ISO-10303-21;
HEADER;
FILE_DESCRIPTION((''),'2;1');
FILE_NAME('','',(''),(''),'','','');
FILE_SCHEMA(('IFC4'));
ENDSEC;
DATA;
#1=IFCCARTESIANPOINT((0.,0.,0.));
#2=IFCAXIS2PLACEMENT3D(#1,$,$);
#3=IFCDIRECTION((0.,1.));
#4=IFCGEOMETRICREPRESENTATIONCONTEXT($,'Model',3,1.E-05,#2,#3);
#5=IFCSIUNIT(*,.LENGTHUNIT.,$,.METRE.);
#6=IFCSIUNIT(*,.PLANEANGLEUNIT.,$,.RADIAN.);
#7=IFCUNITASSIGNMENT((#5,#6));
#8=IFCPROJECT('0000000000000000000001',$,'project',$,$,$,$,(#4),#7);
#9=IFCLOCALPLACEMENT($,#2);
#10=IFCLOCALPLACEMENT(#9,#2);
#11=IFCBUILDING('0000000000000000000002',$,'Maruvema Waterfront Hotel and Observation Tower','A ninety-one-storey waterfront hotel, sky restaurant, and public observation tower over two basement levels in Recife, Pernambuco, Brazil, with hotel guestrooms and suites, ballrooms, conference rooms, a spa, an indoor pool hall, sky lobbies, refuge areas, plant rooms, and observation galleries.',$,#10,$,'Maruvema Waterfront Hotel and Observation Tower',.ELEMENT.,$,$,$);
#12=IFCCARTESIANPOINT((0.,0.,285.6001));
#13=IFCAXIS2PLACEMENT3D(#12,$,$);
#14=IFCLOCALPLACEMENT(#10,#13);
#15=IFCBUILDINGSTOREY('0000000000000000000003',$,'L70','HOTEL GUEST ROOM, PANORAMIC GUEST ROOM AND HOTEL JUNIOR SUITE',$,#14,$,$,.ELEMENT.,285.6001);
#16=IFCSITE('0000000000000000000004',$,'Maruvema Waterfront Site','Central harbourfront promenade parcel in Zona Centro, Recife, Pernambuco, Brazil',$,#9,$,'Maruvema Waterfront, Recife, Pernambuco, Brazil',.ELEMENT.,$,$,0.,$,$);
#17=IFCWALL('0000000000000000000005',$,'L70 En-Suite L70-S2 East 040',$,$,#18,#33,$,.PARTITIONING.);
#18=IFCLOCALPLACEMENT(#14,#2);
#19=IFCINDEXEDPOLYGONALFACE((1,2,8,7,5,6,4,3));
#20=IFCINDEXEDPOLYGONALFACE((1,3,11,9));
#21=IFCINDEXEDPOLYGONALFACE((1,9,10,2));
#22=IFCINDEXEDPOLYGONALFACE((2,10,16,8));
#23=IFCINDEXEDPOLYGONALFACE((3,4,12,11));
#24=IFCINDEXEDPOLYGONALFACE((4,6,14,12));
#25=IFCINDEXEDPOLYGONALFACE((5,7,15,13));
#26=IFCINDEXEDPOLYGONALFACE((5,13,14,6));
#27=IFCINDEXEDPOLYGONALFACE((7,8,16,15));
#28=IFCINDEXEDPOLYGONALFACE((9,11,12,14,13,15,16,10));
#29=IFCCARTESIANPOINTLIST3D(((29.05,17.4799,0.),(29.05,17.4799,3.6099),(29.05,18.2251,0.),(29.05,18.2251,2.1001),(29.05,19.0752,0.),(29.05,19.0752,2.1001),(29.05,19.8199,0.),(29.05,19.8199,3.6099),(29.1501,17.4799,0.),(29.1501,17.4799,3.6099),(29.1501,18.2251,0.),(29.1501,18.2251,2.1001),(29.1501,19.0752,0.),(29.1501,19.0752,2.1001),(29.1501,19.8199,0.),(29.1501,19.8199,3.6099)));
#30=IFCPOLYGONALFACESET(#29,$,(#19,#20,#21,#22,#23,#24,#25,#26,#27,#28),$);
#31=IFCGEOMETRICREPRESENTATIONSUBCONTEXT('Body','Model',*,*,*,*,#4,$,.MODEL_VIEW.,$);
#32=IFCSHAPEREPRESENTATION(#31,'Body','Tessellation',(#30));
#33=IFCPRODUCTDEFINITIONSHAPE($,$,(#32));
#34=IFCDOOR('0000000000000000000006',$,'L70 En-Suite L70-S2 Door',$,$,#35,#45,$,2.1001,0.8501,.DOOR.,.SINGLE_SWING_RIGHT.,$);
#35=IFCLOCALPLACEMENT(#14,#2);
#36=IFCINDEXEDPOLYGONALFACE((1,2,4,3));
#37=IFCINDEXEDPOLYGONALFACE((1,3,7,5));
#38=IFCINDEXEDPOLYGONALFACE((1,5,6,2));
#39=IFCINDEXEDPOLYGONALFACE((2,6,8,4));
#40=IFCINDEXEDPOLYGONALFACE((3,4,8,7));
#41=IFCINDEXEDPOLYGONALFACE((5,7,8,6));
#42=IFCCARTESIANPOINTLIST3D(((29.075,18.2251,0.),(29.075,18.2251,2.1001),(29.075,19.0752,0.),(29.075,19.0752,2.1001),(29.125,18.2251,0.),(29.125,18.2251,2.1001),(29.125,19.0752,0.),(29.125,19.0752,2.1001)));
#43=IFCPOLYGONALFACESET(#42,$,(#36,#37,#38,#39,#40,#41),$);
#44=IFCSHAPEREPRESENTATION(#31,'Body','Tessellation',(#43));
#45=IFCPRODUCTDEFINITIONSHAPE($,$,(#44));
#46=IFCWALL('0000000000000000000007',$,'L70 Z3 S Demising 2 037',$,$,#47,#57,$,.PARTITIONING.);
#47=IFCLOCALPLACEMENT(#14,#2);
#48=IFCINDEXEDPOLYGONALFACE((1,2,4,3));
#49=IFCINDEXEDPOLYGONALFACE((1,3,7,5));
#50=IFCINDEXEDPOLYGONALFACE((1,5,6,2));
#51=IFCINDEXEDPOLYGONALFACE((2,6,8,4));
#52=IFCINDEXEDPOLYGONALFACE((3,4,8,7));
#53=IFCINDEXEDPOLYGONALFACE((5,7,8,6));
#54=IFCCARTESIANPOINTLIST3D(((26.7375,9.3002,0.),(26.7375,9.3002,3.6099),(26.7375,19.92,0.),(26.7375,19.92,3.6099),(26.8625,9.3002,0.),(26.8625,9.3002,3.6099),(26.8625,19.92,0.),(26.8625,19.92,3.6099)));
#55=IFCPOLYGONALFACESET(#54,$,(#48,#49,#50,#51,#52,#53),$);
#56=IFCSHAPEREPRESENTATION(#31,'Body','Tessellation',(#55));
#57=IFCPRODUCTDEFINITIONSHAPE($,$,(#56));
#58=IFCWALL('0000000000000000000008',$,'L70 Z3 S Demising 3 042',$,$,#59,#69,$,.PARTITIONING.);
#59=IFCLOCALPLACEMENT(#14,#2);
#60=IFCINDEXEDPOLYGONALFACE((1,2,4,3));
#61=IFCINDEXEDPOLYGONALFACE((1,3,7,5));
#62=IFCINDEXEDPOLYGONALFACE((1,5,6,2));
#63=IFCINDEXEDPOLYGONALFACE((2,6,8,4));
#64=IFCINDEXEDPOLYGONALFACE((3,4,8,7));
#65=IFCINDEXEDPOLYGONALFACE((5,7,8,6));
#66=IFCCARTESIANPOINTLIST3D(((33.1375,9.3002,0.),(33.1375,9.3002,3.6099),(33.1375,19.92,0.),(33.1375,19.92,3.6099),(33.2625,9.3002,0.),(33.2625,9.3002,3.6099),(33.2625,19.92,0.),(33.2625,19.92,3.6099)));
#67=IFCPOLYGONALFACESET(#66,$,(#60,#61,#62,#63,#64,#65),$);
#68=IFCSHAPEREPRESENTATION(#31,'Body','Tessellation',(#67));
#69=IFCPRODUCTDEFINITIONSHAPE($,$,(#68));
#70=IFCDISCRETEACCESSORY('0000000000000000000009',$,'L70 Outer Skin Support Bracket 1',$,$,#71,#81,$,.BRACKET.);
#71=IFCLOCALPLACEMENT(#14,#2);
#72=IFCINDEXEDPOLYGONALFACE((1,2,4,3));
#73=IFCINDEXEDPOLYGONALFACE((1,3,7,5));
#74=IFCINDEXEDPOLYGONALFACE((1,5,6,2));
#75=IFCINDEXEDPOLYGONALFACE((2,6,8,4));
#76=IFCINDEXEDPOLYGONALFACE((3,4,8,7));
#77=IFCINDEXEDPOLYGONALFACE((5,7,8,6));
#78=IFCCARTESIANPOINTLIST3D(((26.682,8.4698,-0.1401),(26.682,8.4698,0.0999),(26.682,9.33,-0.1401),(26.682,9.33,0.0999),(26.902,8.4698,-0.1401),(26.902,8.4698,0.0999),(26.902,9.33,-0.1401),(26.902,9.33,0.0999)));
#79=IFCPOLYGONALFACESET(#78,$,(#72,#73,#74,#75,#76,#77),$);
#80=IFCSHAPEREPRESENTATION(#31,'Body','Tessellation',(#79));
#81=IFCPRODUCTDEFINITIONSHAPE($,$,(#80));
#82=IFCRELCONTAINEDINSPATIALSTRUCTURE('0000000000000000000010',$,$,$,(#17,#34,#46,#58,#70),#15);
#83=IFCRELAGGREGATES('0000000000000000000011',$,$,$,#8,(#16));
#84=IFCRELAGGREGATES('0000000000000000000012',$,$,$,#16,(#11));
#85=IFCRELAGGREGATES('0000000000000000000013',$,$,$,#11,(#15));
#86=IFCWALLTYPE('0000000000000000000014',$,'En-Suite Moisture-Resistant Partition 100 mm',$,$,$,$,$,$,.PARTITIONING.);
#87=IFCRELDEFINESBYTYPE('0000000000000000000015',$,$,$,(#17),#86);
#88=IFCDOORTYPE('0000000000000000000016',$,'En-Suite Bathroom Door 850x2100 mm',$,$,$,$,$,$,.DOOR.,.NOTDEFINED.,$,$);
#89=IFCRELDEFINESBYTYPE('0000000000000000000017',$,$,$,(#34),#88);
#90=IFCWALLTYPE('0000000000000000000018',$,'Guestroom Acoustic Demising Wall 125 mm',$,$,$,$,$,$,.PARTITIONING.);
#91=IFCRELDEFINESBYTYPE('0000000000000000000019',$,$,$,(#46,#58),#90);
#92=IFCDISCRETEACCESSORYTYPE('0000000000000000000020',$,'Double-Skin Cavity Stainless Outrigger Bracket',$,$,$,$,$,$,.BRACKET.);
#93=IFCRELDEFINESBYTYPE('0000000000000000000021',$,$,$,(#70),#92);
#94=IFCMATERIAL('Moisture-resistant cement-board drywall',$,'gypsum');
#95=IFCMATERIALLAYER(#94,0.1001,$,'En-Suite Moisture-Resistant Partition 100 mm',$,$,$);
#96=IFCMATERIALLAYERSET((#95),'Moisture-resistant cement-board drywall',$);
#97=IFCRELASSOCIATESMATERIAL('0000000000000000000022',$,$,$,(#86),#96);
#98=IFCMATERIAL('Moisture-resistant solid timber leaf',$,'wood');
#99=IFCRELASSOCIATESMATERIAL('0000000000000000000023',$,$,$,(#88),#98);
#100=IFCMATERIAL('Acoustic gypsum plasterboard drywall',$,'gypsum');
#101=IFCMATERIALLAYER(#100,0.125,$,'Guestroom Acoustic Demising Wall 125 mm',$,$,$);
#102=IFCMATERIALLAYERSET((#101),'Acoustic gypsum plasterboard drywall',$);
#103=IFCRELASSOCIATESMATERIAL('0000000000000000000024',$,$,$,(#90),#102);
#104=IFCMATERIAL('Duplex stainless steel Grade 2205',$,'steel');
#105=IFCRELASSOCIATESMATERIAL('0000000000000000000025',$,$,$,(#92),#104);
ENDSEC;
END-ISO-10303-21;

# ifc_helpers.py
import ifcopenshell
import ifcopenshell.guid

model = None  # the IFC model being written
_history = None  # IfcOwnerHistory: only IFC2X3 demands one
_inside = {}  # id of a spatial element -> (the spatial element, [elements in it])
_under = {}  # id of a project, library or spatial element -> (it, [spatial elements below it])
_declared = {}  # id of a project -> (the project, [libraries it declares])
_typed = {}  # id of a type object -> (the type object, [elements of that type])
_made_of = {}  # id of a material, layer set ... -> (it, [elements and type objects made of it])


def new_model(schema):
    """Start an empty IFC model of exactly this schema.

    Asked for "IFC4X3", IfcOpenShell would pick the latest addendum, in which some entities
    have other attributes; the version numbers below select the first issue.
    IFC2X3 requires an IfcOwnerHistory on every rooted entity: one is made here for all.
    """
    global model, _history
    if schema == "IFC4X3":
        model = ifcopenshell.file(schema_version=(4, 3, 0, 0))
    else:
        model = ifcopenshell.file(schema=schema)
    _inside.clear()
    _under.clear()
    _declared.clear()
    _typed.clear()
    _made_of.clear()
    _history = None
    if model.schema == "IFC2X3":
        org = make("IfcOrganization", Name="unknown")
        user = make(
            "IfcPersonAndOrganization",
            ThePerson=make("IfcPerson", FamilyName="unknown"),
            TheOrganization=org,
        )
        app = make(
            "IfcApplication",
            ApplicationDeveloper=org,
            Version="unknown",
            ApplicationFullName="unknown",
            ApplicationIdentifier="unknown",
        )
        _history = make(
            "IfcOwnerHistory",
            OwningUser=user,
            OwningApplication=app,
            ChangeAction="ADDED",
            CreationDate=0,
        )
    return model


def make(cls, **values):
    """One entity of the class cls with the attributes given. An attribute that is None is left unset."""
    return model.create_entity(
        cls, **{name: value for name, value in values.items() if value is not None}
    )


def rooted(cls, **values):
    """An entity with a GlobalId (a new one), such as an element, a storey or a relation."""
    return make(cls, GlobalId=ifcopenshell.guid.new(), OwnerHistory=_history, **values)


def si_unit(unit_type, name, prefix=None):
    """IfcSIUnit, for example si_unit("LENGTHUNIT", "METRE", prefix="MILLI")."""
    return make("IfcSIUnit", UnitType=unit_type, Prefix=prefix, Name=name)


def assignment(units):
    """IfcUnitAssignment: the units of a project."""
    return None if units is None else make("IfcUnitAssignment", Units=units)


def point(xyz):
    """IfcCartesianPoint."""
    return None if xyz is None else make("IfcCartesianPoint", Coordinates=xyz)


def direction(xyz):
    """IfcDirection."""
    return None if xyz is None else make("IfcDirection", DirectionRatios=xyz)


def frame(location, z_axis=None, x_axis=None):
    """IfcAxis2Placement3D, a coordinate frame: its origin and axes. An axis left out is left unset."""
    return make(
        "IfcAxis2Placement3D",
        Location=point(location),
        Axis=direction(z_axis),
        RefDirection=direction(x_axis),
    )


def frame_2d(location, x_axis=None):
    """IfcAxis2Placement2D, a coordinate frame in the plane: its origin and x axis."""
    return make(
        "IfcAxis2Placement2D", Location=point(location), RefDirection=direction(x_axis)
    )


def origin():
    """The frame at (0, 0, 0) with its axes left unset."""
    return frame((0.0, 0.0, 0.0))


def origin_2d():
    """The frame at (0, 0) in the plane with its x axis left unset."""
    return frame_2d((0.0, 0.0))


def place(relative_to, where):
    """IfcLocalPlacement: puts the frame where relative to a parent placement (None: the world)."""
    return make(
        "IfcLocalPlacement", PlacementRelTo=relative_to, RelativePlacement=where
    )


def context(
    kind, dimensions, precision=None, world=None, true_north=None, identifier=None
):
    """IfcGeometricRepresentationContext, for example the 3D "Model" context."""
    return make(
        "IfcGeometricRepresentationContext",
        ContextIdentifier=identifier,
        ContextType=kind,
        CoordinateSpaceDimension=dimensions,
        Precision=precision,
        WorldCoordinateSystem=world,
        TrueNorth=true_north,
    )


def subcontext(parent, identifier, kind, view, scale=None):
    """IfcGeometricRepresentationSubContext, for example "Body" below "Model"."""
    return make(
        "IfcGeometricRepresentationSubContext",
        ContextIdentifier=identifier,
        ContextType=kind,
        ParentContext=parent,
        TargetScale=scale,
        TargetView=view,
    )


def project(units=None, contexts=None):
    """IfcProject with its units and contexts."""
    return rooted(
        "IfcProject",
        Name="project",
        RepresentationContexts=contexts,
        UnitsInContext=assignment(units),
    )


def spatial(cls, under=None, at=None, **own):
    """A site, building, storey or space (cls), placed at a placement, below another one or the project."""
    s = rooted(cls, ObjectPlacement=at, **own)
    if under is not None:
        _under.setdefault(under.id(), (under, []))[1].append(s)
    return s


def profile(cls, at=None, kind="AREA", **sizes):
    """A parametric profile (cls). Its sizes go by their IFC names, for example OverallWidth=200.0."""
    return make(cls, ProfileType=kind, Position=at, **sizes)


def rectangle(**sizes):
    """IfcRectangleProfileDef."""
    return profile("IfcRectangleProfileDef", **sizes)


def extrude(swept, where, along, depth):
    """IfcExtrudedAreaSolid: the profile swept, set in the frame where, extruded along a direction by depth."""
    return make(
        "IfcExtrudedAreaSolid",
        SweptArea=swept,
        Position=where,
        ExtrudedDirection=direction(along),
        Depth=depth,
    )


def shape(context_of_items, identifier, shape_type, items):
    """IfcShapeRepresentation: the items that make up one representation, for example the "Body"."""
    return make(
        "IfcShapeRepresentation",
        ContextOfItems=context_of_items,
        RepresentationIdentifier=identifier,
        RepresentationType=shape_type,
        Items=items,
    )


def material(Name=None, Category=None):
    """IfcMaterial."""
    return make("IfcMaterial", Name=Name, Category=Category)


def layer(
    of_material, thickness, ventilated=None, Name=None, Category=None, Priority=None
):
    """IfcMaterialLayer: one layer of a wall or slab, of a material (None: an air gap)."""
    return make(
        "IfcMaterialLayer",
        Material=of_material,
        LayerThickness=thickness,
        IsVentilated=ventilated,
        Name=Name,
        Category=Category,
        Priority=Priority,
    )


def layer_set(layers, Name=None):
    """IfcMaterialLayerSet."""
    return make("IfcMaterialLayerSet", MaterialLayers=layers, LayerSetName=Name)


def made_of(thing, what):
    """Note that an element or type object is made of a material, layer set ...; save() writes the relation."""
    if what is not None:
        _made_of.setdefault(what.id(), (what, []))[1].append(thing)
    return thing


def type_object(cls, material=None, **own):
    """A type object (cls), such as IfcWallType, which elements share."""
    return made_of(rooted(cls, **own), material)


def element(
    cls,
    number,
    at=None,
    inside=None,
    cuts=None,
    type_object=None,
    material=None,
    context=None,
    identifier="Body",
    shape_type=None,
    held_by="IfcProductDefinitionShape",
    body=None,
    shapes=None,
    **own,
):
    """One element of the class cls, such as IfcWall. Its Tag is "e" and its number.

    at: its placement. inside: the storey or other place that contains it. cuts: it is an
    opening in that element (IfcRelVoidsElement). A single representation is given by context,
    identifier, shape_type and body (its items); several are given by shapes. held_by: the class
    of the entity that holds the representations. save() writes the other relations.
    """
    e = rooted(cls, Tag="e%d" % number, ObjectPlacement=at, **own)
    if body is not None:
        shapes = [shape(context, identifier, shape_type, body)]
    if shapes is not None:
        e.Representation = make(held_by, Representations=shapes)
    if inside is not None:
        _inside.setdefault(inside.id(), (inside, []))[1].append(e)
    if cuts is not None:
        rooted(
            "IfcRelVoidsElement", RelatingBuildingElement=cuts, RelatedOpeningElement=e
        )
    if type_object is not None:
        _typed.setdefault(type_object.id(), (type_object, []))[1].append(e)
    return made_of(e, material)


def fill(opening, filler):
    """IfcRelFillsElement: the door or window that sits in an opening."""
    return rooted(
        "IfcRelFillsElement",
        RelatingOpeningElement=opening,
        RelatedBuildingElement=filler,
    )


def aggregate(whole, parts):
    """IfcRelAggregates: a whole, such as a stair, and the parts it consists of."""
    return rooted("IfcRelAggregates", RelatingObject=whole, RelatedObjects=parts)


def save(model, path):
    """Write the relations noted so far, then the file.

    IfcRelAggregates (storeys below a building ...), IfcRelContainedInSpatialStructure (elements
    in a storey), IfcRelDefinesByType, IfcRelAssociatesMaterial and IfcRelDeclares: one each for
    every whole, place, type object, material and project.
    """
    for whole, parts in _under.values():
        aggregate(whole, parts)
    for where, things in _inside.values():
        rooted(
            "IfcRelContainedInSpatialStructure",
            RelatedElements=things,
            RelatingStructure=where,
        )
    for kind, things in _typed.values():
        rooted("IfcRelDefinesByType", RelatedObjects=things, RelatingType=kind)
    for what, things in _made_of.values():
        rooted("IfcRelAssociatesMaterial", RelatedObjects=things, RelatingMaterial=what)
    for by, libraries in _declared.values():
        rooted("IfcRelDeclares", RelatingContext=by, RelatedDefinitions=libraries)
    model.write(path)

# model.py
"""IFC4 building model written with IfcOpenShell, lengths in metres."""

from ifc_helpers import new_model, si_unit, direction, frame, frame_2d, origin, origin_2d, place, context, subcontext, project, spatial, rectangle, extrude, material, layer, layer_set, type_object, element, fill, save


model = new_model("IFC4")

# Units and contexts
model_context = context("Model", 3, precision=1e-05, world=origin(), true_north=direction((0.0, 1.0)))
body_context = subcontext(model_context, "Body", "Model", "MODEL_VIEW")
ifc_project = project(units=[si_unit("LENGTHUNIT", "METRE"), si_unit("PLANEANGLEUNIT", "RADIAN")], contexts=[model_context])

# Site, building, storey
site_placement = place(None, origin())
site = spatial("IfcSite", under=ifc_project, at=site_placement, Name="Maruvema Waterfront Site", Description="Central harbourfront promenade parcel in Zona Centro, Recife, Pernambuco, Brazil", LongName="Maruvema Waterfront, Recife, Pernambuco, Brazil", CompositionType="ELEMENT", RefElevation=0.0)
building_placement = place(site_placement, origin())
building = spatial("IfcBuilding", under=site, at=building_placement, Name="Maruvema Waterfront Hotel and Observation Tower", Description="A ninety-one-storey waterfront hotel, sky restaurant, and public observation tower over two basement levels in Recife, Pernambuco, Brazil, with hotel guestrooms and suites, ballrooms, conference rooms, a spa, an indoor pool hall, sky lobbies, refuge areas, plant rooms, and observation galleries.", LongName="Maruvema Waterfront Hotel and Observation Tower", CompositionType="ELEMENT")
storey_placement = place(building_placement, frame((0.0, 0.0, 285.6001)))
storey = spatial("IfcBuildingStorey", under=building, at=storey_placement, Name="L70", Description="HOTEL GUEST ROOM, PANORAMIC GUEST ROOM AND HOTEL JUNIOR SUITE", CompositionType="ELEMENT", Elevation=285.6001)

# Shared definitions
ifc_material_1 = material(Name="Moisture-resistant cement-board drywall", Category="gypsum")
ifc_layer_1 = layer(ifc_material_1, 0.1001, Name="En-Suite Moisture-Resistant Partition 100 mm")
ifc_layer_set_1 = layer_set([ifc_layer_1], Name="Moisture-resistant cement-board drywall")
wall_type_1 = type_object("IfcWallType", Name="En-Suite Moisture-Resistant Partition 100 mm", PredefinedType="PARTITIONING", material=ifc_layer_set_1)

# Wall, opening, door
wall_1_placement = place(storey_placement, frame((29.1001, 17.48, 0.0), z_axis=(0.0, 0.0, 1.0), x_axis=(0.0, 1.0, 0.0)))
wall_1 = element("IfcWall", 1, at=wall_1_placement, inside=storey, type_object=wall_type_1, Name="L70 En-Suite L70-S2 East 040", PredefinedType="PARTITIONING", context=body_context, shape_type="SweptSolid", body=[
    extrude(rectangle(XDim=2.3401, YDim=0.1001, at=frame_2d((1.1699, 0.0))), origin(), (0.0, 0.0, 1.0), 3.6099),
])
opening_placement = place(wall_1_placement, frame((0.7451, 0.0, 0.0)))
opening = element("IfcOpeningElement", 2, at=opening_placement, cuts=wall_1, PredefinedType="OPENING", context=body_context, shape_type="SweptSolid", body=[
    extrude(rectangle(XDim=0.8501, YDim=2.1001, at=frame_2d((0.425, 1.05))), frame((0.0, 0.0601, 0.0), z_axis=(0.0, -1.0, 0.0), x_axis=(1.0, 0.0, 0.0)), (0.0, 0.0, 1.0), 0.1201),
])
ifc_material_2 = material(Name="Moisture-resistant solid timber leaf", Category="wood")
door_type = type_object("IfcDoorType", Name="En-Suite Bathroom Door 850x2100 mm", OperationType="NOTDEFINED", PredefinedType="DOOR", material=ifc_material_2)
door_placement = place(opening_placement, frame((0.8501, 0.0, 0.0), z_axis=(0.0, 0.0, 1.0), x_axis=(-1.0, 0.0, 0.0)))
door = element("IfcDoor", 3, at=door_placement, inside=storey, type_object=door_type, Name="L70 En-Suite L70-S2 Door", OperationType="SINGLE_SWING_RIGHT", OverallHeight=2.1001, OverallWidth=0.8501, PredefinedType="DOOR", context=body_context, shape_type="SweptSolid", body=[
    extrude(rectangle(XDim=0.8501, YDim=2.1001, at=frame_2d((0.425, 1.05))), frame((0.0, 0.0249, 0.0), z_axis=(0.0, -1.0, 0.0), x_axis=(1.0, 0.0, 0.0)), (0.0, 0.0, 1.0), 0.05),
])
fill(opening, door)

# Walls
ifc_material_3 = material(Name="Acoustic gypsum plasterboard drywall", Category="gypsum")
ifc_layer_2 = layer(ifc_material_3, 0.125, Name="Guestroom Acoustic Demising Wall 125 mm")
ifc_layer_set_2 = layer_set([ifc_layer_2], Name="Acoustic gypsum plasterboard drywall")
wall_type_2 = type_object("IfcWallType", Name="Guestroom Acoustic Demising Wall 125 mm", PredefinedType="PARTITIONING", material=ifc_layer_set_2)
for number, where, z_axis, x_axis, name in (
    (4, (26.8, 9.3, 0.0), (0.0, 0.0, 1.0), (0.0, 1.0, 0.0), "L70 Z3 S Demising 2 037"),
    (5, (33.2, 9.3, 0.0), (0.0, 0.0, 1.0), (0.0, 1.0, 0.0), "L70 Z3 S Demising 3 042"),
):
    element("IfcWall", number, at=place(storey_placement, frame(where, z_axis=z_axis, x_axis=x_axis)), inside=storey, type_object=wall_type_2, Name=name, PredefinedType="PARTITIONING", context=body_context, shape_type="SweptSolid", body=[
        extrude(rectangle(XDim=10.6199, YDim=0.125, at=frame_2d((5.3101, 0.0))), origin(), (0.0, 0.0, 1.0), 3.6099),
    ])

# Discrete accessory
ifc_material_4 = material(Name="Duplex stainless steel Grade 2205", Category="steel")
discrete_accessory_type = type_object("IfcDiscreteAccessoryType", Name="Double-Skin Cavity Stainless Outrigger Bracket", PredefinedType="BRACKET", material=ifc_material_4)
discrete_accessory_placement = place(storey_placement, frame((26.792, 8.8999, -0.1401), z_axis=(0.0, 0.0, 1.0), x_axis=(1.0, 0.0, 0.0)))
element("IfcDiscreteAccessory", 6, at=discrete_accessory_placement, inside=storey, type_object=discrete_accessory_type, Name="L70 Outer Skin Support Bracket 1", PredefinedType="BRACKET", context=body_context, shape_type="SweptSolid", body=[
    extrude(rectangle(XDim=0.22, YDim=0.8601, at=origin_2d()), origin(), (0.0, 0.0, 1.0), 0.24),
])

save(model, "model.ifc")
